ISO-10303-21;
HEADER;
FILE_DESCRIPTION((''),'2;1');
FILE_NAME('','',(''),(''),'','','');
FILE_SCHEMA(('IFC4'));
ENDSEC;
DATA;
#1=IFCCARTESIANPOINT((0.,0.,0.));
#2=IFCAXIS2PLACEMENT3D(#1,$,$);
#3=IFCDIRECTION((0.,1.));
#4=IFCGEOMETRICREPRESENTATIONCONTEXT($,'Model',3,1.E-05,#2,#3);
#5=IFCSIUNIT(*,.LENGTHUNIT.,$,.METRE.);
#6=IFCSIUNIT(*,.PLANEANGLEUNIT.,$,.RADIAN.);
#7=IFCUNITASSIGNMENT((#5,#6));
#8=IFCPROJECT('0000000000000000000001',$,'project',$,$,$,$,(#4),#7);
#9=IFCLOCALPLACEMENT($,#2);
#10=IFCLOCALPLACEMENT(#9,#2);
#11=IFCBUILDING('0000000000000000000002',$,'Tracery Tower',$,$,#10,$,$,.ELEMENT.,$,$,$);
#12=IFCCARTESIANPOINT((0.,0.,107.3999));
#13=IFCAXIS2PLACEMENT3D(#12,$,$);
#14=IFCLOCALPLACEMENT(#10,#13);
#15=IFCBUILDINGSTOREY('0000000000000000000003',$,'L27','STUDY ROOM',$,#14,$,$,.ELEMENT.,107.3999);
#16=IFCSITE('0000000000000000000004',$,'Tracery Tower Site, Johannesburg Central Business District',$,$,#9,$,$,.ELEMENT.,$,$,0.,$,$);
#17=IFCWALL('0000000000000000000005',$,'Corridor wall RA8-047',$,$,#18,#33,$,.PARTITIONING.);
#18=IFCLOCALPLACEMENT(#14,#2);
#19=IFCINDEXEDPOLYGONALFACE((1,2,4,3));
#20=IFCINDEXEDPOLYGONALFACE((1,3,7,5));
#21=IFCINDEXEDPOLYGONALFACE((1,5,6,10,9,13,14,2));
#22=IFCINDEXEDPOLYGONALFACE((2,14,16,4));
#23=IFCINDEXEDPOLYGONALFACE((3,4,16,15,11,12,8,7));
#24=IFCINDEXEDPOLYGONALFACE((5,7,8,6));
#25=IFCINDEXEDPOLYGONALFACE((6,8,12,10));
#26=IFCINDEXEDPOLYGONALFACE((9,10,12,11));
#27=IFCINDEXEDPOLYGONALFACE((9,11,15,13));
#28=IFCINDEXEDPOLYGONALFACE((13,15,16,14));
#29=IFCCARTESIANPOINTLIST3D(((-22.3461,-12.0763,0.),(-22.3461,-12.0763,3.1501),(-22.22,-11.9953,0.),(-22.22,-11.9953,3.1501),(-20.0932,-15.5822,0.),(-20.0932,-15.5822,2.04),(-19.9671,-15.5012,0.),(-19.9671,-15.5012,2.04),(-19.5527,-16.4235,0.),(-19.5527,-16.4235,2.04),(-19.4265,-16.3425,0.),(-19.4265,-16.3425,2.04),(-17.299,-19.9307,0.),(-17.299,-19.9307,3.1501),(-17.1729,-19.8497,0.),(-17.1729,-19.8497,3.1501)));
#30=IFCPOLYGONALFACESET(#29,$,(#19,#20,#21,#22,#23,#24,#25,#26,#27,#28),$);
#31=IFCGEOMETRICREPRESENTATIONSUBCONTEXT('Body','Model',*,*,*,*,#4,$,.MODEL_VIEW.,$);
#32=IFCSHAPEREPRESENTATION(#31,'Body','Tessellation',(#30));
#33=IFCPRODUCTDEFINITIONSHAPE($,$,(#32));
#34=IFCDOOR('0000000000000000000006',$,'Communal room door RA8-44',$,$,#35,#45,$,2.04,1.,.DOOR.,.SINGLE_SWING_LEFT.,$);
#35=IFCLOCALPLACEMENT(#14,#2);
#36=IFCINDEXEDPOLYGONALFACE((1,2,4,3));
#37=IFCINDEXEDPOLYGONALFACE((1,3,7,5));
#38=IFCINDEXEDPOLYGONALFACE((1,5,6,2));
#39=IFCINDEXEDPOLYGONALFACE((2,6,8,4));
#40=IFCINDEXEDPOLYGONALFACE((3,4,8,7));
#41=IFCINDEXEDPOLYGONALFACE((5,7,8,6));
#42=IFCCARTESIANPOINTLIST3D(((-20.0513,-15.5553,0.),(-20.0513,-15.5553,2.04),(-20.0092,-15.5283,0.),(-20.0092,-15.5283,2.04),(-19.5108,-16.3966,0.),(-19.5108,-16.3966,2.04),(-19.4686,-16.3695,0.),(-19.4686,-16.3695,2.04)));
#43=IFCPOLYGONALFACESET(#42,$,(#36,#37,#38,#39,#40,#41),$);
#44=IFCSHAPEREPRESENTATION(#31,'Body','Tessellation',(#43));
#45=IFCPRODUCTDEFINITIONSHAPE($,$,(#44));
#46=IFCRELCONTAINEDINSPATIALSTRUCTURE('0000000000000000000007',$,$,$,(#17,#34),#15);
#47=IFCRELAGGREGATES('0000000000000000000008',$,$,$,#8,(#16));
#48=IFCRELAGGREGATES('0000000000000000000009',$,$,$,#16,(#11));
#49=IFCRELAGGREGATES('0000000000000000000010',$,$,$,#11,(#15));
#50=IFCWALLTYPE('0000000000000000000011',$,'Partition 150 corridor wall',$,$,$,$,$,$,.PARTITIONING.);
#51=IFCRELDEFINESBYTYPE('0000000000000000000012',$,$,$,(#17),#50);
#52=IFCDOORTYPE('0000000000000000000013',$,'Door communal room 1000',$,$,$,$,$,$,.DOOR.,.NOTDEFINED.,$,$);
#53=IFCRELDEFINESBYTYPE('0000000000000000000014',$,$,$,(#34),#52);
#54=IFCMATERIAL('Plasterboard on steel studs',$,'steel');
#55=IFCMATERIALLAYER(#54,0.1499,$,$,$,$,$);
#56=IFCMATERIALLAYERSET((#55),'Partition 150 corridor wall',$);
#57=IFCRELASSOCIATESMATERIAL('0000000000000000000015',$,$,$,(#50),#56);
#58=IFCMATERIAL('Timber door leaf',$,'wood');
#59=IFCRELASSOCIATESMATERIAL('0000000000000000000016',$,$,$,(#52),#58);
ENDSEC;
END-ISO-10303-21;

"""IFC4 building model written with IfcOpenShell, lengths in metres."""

from ifc_helpers import new_model, si_unit, direction, frame, frame_2d, origin, place, context, subcontext, project, spatial, rectangle, extrude, material, layer, layer_set, type_object, element, fill, save


model = new_model("IFC4")

# Units and contexts
model_context = context("Model", 3, precision=1e-05, world=origin(), true_north=direction((0.0, 1.0)))
body_context = subcontext(model_context, "Body", "Model", "MODEL_VIEW")
ifc_project = project(units=[si_unit("LENGTHUNIT", "METRE"), si_unit("PLANEANGLEUNIT", "RADIAN")], contexts=[model_context])

# Site, building, storey
site_placement = place(None, origin())
site = spatial("IfcSite", under=ifc_project, at=site_placement, Name="Tracery Tower Site, Johannesburg Central Business District", CompositionType="ELEMENT", RefElevation=0.0)
building_placement = place(site_placement, origin())
building = spatial("IfcBuilding", under=site, at=building_placement, Name="Tracery Tower", CompositionType="ELEMENT")
storey_placement = place(building_placement, frame((0.0, 0.0, 107.3999)))
storey = spatial("IfcBuildingStorey", under=building, at=storey_placement, Name="L27", Description="STUDY ROOM", CompositionType="ELEMENT", Elevation=107.3999)

# Wall, opening, door
ifc_material_1 = material(Name="Plasterboard on steel studs", Category="steel")
ifc_layer_1 = layer(ifc_material_1, 0.1499)
ifc_layer_set_1 = layer_set([ifc_layer_1], Name="Partition 150 corridor wall")
wall_type_1 = type_object("IfcWallType", Name="Partition 150 corridor wall", PredefinedType="PARTITIONING", material=ifc_layer_set_1)
wall_1_placement = place(storey_placement, frame((-22.283, -12.0359, 0.0), z_axis=(0.0, 0.0, 1.0), x_axis=(0.540591, -0.841286, 0.0)))
wall_1 = element("IfcWall", 1, at=wall_1_placement, inside=storey, type_object=wall_type_1, Name="Corridor wall RA8-047", PredefinedType="PARTITIONING", context=body_context, shape_type="SweptSolid", body=[
    extrude(rectangle(XDim=9.3362, YDim=0.1499, at=frame_2d((4.668, 0.0))), origin(), (0.0, 0.0, 1.0), 3.1501),
])
opening_1_placement = place(wall_1_placement, frame((4.1672, 0.0, 0.0)))
opening_1 = element("IfcOpeningElement", 2, at=opening_1_placement, cuts=wall_1, PredefinedType="OPENING", context=body_context, shape_type="SweptSolid", body=[
    extrude(rectangle(XDim=1.0, YDim=2.04, at=frame_2d((0.5, 1.02))), frame((0.0, 0.075, 0.0), z_axis=(0.0, -1.0, 0.0), x_axis=(1.0, 0.0, 0.0)), (0.0, 0.0, 1.0), 0.1499),
])
ifc_material_2 = material(Name="Timber door leaf", Category="wood")
door_type_1 = type_object("IfcDoorType", Name="Door communal room 1000", OperationType="NOTDEFINED", PredefinedType="DOOR", material=ifc_material_2)
door_1_placement = place(opening_1_placement, origin())
door_1 = element("IfcDoor", 3, at=door_1_placement, inside=storey, type_object=door_type_1, Name="Communal room door RA8-44", OperationType="SINGLE_SWING_LEFT", OverallHeight=2.04, OverallWidth=1.0, PredefinedType="DOOR", context=body_context, shape_type="SweptSolid", body=[
    extrude(rectangle(XDim=1.0, YDim=2.04, at=frame_2d((0.5, 1.02))), frame((0.0, 0.0249, 0.0), z_axis=(0.0, -1.0, 0.0), x_axis=(1.0, 0.0, 0.0)), (0.0, 0.0, 1.0), 0.05),
])
fill(opening_1, door_1)

save(model, "model.ifc")
